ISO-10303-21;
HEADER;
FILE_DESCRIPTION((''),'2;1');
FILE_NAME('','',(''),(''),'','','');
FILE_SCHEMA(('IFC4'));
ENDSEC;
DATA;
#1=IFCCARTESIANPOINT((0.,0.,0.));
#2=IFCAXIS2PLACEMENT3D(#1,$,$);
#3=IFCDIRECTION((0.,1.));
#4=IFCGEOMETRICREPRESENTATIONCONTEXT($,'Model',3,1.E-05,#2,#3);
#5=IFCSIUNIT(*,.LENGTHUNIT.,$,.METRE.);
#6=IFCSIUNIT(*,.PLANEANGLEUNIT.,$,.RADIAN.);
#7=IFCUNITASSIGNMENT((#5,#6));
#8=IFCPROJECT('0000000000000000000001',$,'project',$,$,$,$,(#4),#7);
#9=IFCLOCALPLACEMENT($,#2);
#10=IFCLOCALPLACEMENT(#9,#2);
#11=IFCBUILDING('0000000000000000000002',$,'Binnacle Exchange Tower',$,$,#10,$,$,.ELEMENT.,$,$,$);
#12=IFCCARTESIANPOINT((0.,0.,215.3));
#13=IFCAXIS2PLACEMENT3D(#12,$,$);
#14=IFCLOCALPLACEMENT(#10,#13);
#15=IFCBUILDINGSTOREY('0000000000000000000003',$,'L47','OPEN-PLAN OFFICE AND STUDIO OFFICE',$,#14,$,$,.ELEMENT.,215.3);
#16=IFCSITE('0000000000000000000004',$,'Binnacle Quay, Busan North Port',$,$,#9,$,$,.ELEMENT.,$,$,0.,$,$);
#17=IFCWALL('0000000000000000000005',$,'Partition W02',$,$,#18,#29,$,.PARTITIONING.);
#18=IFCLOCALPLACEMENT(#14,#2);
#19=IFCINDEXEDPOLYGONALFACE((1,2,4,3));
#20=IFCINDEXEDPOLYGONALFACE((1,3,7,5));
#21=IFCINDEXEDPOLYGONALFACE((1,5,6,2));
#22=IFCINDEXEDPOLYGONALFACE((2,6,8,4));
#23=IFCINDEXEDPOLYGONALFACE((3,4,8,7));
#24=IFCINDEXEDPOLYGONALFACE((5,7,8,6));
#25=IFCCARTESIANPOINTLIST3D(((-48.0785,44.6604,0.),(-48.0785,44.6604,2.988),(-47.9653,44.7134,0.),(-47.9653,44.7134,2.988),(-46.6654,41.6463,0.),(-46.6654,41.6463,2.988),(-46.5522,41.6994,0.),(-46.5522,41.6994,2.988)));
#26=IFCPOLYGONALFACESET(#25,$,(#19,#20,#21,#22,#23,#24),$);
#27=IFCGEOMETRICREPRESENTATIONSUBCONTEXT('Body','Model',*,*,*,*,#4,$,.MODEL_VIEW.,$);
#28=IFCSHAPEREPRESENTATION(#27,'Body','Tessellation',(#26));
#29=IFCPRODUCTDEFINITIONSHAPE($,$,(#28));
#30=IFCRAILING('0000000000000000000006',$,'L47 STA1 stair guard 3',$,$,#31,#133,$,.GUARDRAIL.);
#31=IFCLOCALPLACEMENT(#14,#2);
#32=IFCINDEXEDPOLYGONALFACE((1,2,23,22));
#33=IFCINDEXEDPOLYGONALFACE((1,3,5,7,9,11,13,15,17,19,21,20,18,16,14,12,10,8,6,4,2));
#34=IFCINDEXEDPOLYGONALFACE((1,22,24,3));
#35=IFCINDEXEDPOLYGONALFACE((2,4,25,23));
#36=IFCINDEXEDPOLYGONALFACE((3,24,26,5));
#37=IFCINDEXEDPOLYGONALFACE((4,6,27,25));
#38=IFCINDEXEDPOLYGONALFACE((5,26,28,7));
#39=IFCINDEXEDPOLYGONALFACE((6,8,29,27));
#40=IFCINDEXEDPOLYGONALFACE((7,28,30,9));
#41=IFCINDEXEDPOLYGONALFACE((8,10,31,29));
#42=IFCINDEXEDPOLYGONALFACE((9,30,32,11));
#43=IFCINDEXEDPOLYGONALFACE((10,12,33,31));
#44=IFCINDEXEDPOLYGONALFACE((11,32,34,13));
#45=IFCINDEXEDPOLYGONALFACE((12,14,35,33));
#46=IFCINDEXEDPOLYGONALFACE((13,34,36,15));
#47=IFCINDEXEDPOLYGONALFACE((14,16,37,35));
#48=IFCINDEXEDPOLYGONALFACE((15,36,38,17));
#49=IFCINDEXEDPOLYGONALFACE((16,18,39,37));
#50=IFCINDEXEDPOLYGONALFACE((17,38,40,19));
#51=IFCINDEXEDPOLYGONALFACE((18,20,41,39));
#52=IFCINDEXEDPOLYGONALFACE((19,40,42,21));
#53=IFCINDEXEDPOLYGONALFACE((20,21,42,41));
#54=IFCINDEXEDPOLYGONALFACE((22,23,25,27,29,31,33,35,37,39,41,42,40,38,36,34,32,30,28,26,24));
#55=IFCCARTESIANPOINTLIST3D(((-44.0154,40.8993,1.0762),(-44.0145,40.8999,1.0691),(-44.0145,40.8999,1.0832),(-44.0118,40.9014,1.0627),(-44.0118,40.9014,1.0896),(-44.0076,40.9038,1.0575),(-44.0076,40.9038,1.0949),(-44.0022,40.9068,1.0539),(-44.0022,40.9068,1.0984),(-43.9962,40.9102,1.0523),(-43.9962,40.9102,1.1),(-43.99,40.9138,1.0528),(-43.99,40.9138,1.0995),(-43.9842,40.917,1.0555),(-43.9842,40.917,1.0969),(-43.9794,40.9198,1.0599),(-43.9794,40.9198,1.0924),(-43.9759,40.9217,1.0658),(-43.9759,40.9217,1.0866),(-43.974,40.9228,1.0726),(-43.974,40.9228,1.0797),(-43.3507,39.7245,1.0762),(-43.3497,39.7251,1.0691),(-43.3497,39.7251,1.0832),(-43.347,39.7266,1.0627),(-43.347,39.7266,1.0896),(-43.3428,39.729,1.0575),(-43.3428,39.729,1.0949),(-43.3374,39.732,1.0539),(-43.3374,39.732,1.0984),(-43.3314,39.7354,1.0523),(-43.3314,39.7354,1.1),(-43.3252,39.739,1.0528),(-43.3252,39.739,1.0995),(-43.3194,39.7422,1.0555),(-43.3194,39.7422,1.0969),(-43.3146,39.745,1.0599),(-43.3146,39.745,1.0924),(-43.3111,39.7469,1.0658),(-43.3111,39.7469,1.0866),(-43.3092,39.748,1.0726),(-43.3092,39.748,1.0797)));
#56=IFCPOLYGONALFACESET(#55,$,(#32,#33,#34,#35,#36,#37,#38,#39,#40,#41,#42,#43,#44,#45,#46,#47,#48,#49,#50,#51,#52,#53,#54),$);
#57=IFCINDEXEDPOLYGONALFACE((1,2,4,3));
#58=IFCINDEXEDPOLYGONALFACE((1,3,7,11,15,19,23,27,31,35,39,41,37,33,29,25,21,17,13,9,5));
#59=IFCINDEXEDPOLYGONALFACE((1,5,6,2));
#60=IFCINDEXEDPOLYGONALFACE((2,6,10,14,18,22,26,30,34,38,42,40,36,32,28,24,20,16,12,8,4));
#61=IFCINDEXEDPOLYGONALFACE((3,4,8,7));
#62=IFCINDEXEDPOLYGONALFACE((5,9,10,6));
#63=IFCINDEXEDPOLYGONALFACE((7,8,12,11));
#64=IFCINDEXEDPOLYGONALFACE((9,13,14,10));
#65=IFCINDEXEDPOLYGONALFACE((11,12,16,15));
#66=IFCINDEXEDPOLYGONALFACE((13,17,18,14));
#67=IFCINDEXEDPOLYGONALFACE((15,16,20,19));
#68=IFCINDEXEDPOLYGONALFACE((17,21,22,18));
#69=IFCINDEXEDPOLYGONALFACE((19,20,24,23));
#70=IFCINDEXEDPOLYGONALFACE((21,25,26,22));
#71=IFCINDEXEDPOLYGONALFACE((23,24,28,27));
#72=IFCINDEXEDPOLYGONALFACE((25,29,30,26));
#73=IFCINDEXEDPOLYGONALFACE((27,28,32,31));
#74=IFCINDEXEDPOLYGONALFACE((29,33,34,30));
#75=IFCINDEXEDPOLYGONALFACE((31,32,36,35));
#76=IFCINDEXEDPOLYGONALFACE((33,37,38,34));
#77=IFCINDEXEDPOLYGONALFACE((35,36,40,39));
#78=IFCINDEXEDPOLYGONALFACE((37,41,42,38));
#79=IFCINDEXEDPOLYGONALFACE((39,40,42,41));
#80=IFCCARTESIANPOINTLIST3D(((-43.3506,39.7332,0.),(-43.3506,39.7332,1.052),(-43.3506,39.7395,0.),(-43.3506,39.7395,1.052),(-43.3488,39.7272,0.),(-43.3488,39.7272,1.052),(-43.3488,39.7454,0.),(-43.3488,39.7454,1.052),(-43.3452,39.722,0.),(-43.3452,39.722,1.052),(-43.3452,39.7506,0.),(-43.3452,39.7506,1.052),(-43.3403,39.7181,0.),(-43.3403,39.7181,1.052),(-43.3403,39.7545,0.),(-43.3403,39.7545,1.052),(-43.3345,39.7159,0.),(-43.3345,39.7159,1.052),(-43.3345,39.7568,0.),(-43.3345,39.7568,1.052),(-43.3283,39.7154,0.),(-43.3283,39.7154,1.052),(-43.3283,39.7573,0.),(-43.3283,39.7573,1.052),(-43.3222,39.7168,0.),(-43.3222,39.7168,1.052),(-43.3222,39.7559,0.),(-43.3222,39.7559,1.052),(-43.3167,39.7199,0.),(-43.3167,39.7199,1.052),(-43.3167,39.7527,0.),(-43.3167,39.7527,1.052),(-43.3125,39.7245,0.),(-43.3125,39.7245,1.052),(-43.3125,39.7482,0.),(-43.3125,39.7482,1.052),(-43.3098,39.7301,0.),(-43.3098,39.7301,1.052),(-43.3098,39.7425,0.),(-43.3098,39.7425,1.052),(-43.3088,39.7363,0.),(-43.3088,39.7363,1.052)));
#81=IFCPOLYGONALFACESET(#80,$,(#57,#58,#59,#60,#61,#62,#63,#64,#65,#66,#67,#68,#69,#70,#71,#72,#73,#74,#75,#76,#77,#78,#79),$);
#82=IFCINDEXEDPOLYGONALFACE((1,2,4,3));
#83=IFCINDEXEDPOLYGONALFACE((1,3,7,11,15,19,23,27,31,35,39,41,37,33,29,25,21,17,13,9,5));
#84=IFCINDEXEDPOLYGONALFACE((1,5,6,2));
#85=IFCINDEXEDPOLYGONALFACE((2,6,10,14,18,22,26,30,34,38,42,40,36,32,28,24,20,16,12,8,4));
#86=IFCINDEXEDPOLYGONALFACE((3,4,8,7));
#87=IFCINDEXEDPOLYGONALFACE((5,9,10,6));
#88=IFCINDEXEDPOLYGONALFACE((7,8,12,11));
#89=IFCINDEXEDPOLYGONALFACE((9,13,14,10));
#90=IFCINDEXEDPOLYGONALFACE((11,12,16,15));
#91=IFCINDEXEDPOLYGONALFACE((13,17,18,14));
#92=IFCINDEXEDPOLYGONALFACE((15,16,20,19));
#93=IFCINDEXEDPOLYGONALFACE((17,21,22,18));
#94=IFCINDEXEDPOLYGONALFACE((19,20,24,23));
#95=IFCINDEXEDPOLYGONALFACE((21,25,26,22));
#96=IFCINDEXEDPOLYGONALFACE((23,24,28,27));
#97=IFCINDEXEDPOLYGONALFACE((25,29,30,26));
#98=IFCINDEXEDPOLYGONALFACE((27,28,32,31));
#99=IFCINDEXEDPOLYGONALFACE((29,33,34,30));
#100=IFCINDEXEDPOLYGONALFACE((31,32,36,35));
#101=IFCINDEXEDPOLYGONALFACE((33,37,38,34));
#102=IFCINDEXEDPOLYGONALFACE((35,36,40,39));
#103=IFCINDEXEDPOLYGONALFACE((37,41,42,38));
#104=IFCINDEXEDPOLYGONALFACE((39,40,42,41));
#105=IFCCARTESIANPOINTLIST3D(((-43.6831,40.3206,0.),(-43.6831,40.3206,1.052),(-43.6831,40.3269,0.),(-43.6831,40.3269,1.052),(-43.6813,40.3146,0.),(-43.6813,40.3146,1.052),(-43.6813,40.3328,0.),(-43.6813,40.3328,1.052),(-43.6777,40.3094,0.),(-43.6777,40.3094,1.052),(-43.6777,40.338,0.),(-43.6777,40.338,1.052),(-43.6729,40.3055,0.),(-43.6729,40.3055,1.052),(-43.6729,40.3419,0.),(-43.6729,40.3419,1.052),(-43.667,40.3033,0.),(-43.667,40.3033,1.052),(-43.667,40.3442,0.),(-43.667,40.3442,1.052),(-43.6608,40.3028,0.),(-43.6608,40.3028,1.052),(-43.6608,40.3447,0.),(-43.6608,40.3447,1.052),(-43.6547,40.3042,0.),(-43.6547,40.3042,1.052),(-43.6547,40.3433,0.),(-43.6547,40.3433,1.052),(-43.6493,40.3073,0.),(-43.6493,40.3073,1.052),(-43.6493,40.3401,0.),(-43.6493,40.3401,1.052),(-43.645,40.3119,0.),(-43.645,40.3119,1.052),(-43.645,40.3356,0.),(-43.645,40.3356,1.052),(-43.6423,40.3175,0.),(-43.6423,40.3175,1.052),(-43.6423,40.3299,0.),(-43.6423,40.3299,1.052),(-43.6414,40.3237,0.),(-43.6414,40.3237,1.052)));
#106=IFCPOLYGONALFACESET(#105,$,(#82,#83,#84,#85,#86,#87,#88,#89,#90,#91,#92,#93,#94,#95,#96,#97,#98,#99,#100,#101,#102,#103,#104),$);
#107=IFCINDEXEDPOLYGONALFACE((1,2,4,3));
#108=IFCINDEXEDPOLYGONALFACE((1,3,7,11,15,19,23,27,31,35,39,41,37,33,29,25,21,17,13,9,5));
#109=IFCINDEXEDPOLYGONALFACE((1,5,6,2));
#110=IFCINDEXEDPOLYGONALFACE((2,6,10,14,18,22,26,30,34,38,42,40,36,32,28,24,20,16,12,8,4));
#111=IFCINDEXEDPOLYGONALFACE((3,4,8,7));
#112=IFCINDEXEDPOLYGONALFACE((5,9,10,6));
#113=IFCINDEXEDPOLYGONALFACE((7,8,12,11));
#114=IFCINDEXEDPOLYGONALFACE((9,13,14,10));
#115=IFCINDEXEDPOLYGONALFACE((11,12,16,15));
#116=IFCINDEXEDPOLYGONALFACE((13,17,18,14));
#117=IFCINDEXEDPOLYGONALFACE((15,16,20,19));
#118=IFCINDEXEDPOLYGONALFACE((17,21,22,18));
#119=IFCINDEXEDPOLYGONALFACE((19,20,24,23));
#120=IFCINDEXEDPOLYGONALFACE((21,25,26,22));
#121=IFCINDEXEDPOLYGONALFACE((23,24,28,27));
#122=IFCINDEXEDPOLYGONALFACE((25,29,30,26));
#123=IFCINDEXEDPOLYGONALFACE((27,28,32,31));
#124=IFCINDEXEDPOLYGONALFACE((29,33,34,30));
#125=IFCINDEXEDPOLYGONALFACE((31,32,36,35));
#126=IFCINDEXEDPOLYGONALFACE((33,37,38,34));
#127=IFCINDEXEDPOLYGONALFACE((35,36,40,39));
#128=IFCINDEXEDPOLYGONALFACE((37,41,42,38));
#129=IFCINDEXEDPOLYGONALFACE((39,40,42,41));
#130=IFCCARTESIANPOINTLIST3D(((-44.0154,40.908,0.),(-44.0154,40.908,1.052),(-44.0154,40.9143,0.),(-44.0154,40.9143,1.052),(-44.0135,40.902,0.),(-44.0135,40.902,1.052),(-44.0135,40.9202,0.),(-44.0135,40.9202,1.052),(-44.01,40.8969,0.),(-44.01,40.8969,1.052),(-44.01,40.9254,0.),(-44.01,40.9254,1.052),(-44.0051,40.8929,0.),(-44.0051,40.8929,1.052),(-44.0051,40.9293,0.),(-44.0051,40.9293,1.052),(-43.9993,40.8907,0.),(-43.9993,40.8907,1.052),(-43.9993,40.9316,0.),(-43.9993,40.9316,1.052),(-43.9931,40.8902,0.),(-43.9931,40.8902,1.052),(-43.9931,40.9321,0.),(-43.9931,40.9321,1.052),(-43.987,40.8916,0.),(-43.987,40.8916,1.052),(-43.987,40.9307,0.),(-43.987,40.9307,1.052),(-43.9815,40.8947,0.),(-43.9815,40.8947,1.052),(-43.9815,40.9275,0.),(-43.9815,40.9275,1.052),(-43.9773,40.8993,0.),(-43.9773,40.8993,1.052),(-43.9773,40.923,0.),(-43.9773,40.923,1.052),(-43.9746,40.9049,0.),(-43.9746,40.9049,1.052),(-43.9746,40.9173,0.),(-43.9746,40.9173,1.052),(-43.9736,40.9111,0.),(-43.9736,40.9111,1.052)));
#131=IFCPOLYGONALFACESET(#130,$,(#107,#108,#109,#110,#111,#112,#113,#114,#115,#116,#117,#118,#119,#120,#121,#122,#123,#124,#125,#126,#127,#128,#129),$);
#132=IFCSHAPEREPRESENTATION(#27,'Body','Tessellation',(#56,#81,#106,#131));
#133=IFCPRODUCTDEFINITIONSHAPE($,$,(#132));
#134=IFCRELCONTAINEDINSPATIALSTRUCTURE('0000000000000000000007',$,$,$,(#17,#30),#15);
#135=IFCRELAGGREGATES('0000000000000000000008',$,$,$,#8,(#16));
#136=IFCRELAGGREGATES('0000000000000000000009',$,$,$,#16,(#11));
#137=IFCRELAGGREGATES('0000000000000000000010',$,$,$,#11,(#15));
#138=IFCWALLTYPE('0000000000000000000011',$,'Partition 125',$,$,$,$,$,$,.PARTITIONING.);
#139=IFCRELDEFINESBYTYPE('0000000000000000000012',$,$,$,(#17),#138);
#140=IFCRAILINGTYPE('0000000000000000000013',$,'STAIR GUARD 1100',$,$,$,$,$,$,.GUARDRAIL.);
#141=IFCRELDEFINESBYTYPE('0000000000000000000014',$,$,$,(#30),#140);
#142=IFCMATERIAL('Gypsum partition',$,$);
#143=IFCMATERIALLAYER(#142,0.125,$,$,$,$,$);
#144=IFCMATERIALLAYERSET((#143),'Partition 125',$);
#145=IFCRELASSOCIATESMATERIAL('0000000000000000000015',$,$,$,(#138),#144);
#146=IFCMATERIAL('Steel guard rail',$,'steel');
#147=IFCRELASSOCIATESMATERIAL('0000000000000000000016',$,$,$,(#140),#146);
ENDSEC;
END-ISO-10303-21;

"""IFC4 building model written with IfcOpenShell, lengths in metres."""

from ifc_helpers import new_model, si_unit, direction, frame, frame_2d, origin, origin_2d, place, context, subcontext, project, spatial, rectangle, circle, extrude, material, layer, layer_set, type_object, element, save


model = new_model("IFC4")

# Units and contexts
model_context = context("Model", 3, precision=1e-05, world=origin(), true_north=direction((0.0, 1.0)))
body_context = subcontext(model_context, "Body", "Model", "MODEL_VIEW")
ifc_project = project(units=[si_unit("LENGTHUNIT", "METRE"), si_unit("PLANEANGLEUNIT", "RADIAN")], contexts=[model_context])

# Site, building, storey
site_placement = place(None, origin())
site = spatial("IfcSite", under=ifc_project, at=site_placement, Name="Binnacle Quay, Busan North Port", CompositionType="ELEMENT", RefElevation=0.0)
building_placement = place(site_placement, origin())
building = spatial("IfcBuilding", under=site, at=building_placement, Name="Binnacle Exchange Tower", CompositionType="ELEMENT")
storey_placement = place(building_placement, frame((0.0, 0.0, 215.3)))
storey = spatial("IfcBuildingStorey", under=building, at=storey_placement, Name="L47", Description="OPEN-PLAN OFFICE AND STUDIO OFFICE", CompositionType="ELEMENT", Elevation=215.3)

# Shared definitions
ifc_material_1 = material(Name="Gypsum partition")
ifc_layer_1 = layer(ifc_material_1, 0.125)
ifc_layer_set_1 = layer_set([ifc_layer_1], Name="Partition 125")
wall_type_1 = type_object("IfcWallType", Name="Partition 125", PredefinedType="PARTITIONING", material=ifc_layer_set_1)

# Wall
wall_1_placement = place(storey_placement, frame((-48.022, 44.687, 0.0), z_axis=(0.0, 0.0, 1.0), x_axis=(0.424511, -0.905423, 0.0)))
element("IfcWall", 1, at=wall_1_placement, inside=storey, type_object=wall_type_1, Name="Partition W02", PredefinedType="PARTITIONING", context=body_context, shape_type="SweptSolid", body=[
    extrude(rectangle(XDim=3.3289, YDim=0.125, at=frame_2d((1.6646, 0.0))), origin(), (0.0, 0.0, 1.0), 2.988),
])

# Railing
ifc_material_2 = material(Name="Steel guard rail", Category="steel")
railing_type = type_object("IfcRailingType", Name="STAIR GUARD 1100", PredefinedType="GUARDRAIL", material=ifc_material_2)
railing_1_placement = place(storey_placement, frame((-43.3298, 39.7363, 0.0)))
element("IfcRailing", 2, at=railing_1_placement, inside=storey, type_object=railing_type, Name="L47 STA1 stair guard 3", PredefinedType="GUARDRAIL", context=body_context, shape_type="SweptSolid", body=[
    extrude(circle(Radius=0.0239, at=origin_2d()), frame((0.0, 0.0, 1.0762), z_axis=(-0.492492, 0.870317, 0.0), x_axis=(-0.870317, -0.492492, 0.0)), (0.0, 0.0, 1.0), 1.3499),
    extrude(circle(Radius=0.021, at=origin_2d()), origin(), (0.0, 0.0, 1.0), 1.052),
    extrude(circle(Radius=0.021, at=origin_2d()), frame((-0.3325, 0.5874, 0.0)), (0.0, 0.0, 1.0), 1.052),
    extrude(circle(Radius=0.021, at=origin_2d()), frame((-0.6648, 1.1748, 0.0)), (0.0, 0.0, 1.0), 1.052),
])

save(model, "model.ifc")
